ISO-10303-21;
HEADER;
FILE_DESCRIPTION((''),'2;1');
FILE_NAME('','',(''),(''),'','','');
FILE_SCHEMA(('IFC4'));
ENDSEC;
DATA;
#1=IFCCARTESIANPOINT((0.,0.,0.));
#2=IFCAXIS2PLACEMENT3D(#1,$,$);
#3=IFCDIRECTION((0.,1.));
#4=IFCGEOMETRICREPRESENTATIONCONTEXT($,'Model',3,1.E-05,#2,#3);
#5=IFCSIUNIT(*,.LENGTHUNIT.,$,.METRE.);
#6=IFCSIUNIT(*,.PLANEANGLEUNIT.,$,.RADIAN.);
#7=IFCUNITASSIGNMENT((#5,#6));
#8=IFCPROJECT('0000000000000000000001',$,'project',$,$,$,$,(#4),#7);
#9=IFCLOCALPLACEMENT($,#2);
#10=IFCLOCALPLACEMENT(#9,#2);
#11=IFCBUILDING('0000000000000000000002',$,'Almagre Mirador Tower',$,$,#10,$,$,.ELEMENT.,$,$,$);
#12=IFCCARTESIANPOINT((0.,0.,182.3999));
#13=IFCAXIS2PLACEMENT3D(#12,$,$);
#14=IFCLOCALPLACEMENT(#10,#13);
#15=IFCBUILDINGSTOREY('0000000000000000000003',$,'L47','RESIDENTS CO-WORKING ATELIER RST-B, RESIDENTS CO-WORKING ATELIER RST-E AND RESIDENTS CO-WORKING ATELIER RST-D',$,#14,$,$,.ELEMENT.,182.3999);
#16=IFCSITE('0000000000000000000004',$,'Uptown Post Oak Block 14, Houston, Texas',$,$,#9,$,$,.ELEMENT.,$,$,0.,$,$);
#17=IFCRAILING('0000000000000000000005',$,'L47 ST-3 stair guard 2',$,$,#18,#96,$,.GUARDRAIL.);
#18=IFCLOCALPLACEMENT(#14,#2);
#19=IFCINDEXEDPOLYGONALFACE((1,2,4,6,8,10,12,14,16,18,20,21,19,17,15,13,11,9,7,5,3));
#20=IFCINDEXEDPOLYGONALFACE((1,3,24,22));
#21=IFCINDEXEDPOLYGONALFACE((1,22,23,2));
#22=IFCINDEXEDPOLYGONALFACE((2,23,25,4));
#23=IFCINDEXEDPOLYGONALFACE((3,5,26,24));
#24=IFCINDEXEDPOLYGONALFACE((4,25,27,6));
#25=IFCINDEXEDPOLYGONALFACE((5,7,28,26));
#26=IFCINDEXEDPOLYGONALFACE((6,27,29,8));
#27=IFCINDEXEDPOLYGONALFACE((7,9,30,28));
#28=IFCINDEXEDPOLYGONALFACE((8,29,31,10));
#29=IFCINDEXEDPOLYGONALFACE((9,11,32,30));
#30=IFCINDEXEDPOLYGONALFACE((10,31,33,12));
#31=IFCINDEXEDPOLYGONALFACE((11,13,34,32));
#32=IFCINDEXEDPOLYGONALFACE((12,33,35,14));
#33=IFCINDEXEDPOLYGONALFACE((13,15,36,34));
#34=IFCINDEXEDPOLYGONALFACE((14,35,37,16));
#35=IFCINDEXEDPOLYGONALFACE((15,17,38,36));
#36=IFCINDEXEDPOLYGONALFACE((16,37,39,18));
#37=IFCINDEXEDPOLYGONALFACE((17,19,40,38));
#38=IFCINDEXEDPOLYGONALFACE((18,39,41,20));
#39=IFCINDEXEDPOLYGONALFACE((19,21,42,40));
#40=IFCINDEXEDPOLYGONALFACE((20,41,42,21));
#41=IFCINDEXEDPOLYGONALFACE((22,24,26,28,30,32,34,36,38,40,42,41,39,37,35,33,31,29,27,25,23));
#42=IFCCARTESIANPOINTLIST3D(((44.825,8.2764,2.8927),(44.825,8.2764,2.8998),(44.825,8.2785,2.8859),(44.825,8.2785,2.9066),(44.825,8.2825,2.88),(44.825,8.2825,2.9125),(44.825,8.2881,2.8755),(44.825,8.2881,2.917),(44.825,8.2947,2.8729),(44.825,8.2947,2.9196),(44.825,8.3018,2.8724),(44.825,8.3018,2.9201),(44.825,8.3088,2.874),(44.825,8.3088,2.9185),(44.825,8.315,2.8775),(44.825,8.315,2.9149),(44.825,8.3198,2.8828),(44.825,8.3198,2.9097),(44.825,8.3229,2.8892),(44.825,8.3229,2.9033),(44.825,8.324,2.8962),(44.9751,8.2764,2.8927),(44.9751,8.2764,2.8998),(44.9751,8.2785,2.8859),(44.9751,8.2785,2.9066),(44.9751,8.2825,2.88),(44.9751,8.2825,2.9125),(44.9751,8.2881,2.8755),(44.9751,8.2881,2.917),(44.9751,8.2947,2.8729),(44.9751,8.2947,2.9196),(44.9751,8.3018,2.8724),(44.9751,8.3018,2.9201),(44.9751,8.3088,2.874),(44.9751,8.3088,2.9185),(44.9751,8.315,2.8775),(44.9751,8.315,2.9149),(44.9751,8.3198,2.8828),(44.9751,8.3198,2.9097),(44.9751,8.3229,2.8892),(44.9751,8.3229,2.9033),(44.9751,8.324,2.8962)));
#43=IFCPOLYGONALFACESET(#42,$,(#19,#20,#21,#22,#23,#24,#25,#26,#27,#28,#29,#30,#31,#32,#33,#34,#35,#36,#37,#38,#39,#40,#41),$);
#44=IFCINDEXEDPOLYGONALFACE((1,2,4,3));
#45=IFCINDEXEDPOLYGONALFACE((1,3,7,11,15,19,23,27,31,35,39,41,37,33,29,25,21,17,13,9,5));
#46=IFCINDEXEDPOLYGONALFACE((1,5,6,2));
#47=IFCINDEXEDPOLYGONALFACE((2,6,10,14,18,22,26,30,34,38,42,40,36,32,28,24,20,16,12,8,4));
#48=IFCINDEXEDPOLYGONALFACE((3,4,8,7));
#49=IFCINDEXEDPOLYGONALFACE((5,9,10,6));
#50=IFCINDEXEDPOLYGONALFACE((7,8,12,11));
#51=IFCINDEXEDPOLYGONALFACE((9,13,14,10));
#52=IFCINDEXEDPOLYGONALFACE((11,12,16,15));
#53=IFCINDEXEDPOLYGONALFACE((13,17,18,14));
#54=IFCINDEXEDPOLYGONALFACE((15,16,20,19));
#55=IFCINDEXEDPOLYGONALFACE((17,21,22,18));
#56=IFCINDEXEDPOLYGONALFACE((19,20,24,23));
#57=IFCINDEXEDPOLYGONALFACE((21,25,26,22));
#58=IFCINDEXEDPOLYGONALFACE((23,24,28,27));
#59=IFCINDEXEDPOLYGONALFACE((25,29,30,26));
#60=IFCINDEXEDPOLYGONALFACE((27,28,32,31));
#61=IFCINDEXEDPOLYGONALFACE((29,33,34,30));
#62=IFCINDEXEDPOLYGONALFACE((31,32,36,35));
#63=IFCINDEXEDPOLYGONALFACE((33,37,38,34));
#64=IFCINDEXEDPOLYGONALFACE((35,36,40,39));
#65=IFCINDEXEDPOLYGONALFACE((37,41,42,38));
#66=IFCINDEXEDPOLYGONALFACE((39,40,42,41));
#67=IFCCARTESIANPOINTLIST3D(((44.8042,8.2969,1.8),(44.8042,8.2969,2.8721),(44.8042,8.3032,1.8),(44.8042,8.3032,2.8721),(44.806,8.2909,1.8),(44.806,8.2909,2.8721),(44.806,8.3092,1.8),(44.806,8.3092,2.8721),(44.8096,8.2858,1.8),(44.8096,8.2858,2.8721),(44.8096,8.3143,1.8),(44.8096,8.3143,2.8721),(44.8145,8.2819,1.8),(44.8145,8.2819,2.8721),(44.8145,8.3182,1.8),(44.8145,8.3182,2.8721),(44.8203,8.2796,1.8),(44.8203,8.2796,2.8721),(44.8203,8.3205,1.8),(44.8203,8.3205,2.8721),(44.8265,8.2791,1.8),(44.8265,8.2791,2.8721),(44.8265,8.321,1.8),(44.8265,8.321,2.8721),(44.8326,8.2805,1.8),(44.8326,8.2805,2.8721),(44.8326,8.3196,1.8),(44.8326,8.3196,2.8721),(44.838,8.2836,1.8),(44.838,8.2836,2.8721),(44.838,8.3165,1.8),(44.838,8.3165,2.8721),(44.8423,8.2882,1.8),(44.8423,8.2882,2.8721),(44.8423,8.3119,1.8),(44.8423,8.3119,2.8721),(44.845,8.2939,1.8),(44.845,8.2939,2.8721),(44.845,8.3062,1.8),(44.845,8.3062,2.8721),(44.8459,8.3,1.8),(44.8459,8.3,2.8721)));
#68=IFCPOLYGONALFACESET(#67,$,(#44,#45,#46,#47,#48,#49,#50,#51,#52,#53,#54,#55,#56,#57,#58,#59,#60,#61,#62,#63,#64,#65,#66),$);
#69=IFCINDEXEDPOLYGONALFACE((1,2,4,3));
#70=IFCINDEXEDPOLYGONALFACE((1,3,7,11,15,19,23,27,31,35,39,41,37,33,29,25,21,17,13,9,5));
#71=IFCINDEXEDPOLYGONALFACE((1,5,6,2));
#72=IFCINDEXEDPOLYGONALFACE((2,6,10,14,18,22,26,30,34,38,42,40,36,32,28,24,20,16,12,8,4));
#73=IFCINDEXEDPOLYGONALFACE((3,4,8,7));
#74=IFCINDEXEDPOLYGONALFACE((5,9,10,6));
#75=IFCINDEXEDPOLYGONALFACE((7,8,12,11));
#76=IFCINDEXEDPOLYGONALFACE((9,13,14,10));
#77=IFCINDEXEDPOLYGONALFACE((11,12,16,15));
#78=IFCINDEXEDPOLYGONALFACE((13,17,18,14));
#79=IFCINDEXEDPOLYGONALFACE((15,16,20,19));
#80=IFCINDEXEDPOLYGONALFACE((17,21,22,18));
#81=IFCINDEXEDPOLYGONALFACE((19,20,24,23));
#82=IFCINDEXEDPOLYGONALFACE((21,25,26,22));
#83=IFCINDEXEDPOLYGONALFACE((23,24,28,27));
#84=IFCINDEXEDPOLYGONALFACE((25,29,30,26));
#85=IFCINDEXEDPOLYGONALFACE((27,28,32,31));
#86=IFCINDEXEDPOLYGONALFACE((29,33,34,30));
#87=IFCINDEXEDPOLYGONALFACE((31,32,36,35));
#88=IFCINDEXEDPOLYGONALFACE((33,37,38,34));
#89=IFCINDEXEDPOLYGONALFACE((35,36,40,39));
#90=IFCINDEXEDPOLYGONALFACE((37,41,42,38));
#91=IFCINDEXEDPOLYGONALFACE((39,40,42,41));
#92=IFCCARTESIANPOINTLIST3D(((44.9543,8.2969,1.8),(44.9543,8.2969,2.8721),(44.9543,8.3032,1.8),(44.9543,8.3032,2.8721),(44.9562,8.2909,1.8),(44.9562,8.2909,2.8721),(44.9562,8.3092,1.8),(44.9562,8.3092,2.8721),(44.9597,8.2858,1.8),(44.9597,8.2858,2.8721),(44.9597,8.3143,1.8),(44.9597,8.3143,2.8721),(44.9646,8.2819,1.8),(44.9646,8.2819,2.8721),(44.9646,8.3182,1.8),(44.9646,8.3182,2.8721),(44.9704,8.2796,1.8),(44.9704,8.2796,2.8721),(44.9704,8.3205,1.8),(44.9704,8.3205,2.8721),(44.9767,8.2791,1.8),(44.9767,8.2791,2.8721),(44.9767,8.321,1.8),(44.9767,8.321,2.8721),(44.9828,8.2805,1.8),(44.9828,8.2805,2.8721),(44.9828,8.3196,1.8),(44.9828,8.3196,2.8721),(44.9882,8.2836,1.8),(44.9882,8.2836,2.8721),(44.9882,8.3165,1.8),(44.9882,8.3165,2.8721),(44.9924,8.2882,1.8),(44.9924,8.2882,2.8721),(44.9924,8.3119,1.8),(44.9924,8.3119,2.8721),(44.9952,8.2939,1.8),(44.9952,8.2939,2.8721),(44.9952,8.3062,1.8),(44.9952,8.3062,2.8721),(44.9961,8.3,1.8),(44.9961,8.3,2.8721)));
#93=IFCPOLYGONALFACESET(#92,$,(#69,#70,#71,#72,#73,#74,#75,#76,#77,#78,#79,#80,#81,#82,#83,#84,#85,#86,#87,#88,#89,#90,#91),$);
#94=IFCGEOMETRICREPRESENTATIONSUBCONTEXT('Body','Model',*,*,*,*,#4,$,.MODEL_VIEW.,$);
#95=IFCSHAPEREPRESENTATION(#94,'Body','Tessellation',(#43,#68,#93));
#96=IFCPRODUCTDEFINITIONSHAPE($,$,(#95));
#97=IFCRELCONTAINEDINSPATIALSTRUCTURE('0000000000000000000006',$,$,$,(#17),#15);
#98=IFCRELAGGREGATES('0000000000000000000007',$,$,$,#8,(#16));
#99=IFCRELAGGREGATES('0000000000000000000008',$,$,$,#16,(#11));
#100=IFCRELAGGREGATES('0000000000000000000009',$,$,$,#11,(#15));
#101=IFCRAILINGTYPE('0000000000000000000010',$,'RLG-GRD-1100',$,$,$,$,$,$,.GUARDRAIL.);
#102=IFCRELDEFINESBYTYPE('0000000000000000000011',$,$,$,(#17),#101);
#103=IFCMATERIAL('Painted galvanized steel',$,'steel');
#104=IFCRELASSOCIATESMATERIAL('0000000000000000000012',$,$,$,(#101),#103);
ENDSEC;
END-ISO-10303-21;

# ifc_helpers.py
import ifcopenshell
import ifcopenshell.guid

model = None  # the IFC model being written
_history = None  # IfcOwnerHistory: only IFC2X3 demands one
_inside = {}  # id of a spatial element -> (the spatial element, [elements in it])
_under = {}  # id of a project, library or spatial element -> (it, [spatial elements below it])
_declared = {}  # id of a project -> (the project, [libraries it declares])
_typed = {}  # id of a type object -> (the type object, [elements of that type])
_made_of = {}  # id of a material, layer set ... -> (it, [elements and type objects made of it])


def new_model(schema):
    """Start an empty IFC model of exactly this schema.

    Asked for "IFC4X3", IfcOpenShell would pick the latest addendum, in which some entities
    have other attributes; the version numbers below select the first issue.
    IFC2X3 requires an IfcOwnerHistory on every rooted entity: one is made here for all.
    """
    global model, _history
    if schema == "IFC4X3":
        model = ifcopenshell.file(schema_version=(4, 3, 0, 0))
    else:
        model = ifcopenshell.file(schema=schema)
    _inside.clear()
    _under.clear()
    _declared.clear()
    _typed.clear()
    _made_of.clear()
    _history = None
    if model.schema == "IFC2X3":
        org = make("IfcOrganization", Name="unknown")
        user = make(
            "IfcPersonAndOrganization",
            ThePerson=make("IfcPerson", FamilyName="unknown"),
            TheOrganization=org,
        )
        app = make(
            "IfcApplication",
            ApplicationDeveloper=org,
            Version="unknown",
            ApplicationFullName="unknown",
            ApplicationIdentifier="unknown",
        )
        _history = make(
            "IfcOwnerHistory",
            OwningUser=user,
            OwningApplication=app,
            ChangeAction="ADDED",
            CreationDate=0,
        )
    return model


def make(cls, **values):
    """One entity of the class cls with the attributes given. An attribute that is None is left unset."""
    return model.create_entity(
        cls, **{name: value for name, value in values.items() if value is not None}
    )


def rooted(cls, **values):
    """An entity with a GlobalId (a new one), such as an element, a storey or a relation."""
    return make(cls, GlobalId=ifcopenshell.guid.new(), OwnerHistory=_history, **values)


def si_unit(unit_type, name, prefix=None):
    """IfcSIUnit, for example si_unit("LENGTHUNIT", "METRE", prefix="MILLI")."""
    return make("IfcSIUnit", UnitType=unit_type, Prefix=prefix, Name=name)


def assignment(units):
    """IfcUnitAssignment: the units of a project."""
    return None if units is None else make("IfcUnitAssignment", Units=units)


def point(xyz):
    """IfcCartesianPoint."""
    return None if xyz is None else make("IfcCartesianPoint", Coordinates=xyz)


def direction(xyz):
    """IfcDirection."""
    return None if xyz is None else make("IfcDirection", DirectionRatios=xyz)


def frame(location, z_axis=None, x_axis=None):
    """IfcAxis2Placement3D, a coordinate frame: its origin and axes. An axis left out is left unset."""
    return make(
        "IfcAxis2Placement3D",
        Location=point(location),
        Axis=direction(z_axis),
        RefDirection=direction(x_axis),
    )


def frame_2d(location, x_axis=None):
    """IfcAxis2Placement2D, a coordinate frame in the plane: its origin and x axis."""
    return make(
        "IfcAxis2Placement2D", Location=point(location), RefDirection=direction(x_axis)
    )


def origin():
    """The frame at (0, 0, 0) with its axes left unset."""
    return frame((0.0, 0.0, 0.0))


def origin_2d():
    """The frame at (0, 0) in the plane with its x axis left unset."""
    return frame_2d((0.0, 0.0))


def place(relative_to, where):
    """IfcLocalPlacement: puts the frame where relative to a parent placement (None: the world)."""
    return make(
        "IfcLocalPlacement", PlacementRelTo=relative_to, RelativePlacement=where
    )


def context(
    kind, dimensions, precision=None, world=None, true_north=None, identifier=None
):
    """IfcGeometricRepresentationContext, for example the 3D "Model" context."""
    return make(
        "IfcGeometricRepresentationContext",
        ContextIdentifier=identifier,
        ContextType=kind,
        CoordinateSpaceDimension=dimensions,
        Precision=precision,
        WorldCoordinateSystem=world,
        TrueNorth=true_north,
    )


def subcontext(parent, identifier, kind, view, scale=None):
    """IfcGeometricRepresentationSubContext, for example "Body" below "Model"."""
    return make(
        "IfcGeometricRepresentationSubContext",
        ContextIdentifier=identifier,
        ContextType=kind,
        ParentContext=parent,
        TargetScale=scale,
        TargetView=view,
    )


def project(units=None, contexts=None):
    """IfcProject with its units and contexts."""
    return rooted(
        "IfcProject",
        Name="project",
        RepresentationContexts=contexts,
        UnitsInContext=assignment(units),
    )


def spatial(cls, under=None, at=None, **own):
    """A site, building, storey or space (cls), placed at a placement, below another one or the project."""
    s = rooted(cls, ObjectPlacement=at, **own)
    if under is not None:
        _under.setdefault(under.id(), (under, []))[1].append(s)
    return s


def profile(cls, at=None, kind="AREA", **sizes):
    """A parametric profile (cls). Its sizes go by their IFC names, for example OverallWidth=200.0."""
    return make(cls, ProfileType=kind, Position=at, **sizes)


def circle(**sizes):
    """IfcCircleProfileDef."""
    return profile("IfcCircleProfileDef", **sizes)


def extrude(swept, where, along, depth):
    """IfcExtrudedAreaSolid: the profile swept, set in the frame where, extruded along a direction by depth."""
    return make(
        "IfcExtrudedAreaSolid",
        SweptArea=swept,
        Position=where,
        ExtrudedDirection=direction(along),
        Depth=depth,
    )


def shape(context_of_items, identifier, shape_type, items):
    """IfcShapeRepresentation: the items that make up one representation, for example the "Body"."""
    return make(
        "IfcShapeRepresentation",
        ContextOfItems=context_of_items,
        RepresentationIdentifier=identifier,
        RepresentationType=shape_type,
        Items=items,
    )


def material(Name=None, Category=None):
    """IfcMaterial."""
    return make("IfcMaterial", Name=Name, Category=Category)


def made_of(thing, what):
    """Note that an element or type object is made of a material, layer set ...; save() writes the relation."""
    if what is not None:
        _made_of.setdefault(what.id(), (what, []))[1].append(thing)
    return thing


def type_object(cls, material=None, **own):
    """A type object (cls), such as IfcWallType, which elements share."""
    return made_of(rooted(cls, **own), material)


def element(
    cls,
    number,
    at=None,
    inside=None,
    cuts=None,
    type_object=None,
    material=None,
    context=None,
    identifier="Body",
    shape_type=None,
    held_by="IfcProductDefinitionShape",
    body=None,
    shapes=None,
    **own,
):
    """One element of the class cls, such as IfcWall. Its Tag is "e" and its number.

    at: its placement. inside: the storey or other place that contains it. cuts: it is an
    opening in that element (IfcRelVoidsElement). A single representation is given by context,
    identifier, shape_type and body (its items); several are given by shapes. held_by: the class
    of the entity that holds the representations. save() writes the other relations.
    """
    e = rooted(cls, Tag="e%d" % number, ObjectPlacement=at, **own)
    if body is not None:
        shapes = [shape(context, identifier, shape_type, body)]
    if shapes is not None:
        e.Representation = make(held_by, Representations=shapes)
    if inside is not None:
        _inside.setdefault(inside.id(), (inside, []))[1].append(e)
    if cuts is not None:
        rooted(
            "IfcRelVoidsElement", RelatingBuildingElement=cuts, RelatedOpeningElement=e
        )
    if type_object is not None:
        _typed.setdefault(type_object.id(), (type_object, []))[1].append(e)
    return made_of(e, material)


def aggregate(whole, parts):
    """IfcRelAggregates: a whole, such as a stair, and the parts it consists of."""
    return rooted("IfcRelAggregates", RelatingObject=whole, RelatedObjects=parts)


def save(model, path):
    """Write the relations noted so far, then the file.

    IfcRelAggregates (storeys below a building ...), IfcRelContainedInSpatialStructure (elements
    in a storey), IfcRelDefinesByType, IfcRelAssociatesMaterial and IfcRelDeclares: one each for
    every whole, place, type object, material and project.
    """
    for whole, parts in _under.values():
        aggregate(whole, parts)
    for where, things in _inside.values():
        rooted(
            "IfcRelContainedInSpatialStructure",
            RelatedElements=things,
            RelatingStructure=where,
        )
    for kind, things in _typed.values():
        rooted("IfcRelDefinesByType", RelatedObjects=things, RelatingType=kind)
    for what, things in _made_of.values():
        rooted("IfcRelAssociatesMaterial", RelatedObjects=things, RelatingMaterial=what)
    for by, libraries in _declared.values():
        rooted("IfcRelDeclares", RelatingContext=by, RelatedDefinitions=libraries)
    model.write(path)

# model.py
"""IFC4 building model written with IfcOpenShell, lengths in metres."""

from ifc_helpers import new_model, si_unit, direction, frame, origin, origin_2d, place, context, subcontext, project, spatial, circle, extrude, material, type_object, element, save


model = new_model("IFC4")

# Units and contexts
model_context = context("Model", 3, precision=1e-05, world=origin(), true_north=direction((0.0, 1.0)))
body_context = subcontext(model_context, "Body", "Model", "MODEL_VIEW")
ifc_project = project(units=[si_unit("LENGTHUNIT", "METRE"), si_unit("PLANEANGLEUNIT", "RADIAN")], contexts=[model_context])

# Site, building, storey
site_placement = place(None, origin())
site = spatial("IfcSite", under=ifc_project, at=site_placement, Name="Uptown Post Oak Block 14, Houston, Texas", CompositionType="ELEMENT", RefElevation=0.0)
building_placement = place(site_placement, origin())
building = spatial("IfcBuilding", under=site, at=building_placement, Name="Almagre Mirador Tower", CompositionType="ELEMENT")
storey_placement = place(building_placement, frame((0.0, 0.0, 182.3999)))
storey = spatial("IfcBuildingStorey", under=building, at=storey_placement, Name="L47", Description="RESIDENTS CO-WORKING ATELIER RST-B, RESIDENTS CO-WORKING ATELIER RST-E AND RESIDENTS CO-WORKING ATELIER RST-D", CompositionType="ELEMENT", Elevation=182.3999)

# Railing
ifc_material_1 = material(Name="Painted galvanized steel", Category="steel")
railing_type_1 = type_object("IfcRailingType", Name="RLG-GRD-1100", PredefinedType="GUARDRAIL", material=ifc_material_1)
railing_1_placement = place(storey_placement, frame((44.825, 8.3, 1.8)))
element("IfcRailing", 1, at=railing_1_placement, inside=storey, type_object=railing_type_1, Name="L47 ST-3 stair guard 2", PredefinedType="GUARDRAIL", context=body_context, shape_type="SweptSolid", body=[
    extrude(circle(Radius=0.0239, at=origin_2d()), frame((0.0, 0.0, 1.0962), z_axis=(1.0, 0.0, 0.0), x_axis=(0.0, 1.0, 0.0)), (0.0, 0.0, 1.0), 0.1501),
    extrude(circle(Radius=0.021, at=origin_2d()), origin(), (0.0, 0.0, 1.0), 1.072),
    extrude(circle(Radius=0.021, at=origin_2d()), frame((0.1501, 0.0, 0.0)), (0.0, 0.0, 1.0), 1.072),
])

save(model, "model.ifc")
